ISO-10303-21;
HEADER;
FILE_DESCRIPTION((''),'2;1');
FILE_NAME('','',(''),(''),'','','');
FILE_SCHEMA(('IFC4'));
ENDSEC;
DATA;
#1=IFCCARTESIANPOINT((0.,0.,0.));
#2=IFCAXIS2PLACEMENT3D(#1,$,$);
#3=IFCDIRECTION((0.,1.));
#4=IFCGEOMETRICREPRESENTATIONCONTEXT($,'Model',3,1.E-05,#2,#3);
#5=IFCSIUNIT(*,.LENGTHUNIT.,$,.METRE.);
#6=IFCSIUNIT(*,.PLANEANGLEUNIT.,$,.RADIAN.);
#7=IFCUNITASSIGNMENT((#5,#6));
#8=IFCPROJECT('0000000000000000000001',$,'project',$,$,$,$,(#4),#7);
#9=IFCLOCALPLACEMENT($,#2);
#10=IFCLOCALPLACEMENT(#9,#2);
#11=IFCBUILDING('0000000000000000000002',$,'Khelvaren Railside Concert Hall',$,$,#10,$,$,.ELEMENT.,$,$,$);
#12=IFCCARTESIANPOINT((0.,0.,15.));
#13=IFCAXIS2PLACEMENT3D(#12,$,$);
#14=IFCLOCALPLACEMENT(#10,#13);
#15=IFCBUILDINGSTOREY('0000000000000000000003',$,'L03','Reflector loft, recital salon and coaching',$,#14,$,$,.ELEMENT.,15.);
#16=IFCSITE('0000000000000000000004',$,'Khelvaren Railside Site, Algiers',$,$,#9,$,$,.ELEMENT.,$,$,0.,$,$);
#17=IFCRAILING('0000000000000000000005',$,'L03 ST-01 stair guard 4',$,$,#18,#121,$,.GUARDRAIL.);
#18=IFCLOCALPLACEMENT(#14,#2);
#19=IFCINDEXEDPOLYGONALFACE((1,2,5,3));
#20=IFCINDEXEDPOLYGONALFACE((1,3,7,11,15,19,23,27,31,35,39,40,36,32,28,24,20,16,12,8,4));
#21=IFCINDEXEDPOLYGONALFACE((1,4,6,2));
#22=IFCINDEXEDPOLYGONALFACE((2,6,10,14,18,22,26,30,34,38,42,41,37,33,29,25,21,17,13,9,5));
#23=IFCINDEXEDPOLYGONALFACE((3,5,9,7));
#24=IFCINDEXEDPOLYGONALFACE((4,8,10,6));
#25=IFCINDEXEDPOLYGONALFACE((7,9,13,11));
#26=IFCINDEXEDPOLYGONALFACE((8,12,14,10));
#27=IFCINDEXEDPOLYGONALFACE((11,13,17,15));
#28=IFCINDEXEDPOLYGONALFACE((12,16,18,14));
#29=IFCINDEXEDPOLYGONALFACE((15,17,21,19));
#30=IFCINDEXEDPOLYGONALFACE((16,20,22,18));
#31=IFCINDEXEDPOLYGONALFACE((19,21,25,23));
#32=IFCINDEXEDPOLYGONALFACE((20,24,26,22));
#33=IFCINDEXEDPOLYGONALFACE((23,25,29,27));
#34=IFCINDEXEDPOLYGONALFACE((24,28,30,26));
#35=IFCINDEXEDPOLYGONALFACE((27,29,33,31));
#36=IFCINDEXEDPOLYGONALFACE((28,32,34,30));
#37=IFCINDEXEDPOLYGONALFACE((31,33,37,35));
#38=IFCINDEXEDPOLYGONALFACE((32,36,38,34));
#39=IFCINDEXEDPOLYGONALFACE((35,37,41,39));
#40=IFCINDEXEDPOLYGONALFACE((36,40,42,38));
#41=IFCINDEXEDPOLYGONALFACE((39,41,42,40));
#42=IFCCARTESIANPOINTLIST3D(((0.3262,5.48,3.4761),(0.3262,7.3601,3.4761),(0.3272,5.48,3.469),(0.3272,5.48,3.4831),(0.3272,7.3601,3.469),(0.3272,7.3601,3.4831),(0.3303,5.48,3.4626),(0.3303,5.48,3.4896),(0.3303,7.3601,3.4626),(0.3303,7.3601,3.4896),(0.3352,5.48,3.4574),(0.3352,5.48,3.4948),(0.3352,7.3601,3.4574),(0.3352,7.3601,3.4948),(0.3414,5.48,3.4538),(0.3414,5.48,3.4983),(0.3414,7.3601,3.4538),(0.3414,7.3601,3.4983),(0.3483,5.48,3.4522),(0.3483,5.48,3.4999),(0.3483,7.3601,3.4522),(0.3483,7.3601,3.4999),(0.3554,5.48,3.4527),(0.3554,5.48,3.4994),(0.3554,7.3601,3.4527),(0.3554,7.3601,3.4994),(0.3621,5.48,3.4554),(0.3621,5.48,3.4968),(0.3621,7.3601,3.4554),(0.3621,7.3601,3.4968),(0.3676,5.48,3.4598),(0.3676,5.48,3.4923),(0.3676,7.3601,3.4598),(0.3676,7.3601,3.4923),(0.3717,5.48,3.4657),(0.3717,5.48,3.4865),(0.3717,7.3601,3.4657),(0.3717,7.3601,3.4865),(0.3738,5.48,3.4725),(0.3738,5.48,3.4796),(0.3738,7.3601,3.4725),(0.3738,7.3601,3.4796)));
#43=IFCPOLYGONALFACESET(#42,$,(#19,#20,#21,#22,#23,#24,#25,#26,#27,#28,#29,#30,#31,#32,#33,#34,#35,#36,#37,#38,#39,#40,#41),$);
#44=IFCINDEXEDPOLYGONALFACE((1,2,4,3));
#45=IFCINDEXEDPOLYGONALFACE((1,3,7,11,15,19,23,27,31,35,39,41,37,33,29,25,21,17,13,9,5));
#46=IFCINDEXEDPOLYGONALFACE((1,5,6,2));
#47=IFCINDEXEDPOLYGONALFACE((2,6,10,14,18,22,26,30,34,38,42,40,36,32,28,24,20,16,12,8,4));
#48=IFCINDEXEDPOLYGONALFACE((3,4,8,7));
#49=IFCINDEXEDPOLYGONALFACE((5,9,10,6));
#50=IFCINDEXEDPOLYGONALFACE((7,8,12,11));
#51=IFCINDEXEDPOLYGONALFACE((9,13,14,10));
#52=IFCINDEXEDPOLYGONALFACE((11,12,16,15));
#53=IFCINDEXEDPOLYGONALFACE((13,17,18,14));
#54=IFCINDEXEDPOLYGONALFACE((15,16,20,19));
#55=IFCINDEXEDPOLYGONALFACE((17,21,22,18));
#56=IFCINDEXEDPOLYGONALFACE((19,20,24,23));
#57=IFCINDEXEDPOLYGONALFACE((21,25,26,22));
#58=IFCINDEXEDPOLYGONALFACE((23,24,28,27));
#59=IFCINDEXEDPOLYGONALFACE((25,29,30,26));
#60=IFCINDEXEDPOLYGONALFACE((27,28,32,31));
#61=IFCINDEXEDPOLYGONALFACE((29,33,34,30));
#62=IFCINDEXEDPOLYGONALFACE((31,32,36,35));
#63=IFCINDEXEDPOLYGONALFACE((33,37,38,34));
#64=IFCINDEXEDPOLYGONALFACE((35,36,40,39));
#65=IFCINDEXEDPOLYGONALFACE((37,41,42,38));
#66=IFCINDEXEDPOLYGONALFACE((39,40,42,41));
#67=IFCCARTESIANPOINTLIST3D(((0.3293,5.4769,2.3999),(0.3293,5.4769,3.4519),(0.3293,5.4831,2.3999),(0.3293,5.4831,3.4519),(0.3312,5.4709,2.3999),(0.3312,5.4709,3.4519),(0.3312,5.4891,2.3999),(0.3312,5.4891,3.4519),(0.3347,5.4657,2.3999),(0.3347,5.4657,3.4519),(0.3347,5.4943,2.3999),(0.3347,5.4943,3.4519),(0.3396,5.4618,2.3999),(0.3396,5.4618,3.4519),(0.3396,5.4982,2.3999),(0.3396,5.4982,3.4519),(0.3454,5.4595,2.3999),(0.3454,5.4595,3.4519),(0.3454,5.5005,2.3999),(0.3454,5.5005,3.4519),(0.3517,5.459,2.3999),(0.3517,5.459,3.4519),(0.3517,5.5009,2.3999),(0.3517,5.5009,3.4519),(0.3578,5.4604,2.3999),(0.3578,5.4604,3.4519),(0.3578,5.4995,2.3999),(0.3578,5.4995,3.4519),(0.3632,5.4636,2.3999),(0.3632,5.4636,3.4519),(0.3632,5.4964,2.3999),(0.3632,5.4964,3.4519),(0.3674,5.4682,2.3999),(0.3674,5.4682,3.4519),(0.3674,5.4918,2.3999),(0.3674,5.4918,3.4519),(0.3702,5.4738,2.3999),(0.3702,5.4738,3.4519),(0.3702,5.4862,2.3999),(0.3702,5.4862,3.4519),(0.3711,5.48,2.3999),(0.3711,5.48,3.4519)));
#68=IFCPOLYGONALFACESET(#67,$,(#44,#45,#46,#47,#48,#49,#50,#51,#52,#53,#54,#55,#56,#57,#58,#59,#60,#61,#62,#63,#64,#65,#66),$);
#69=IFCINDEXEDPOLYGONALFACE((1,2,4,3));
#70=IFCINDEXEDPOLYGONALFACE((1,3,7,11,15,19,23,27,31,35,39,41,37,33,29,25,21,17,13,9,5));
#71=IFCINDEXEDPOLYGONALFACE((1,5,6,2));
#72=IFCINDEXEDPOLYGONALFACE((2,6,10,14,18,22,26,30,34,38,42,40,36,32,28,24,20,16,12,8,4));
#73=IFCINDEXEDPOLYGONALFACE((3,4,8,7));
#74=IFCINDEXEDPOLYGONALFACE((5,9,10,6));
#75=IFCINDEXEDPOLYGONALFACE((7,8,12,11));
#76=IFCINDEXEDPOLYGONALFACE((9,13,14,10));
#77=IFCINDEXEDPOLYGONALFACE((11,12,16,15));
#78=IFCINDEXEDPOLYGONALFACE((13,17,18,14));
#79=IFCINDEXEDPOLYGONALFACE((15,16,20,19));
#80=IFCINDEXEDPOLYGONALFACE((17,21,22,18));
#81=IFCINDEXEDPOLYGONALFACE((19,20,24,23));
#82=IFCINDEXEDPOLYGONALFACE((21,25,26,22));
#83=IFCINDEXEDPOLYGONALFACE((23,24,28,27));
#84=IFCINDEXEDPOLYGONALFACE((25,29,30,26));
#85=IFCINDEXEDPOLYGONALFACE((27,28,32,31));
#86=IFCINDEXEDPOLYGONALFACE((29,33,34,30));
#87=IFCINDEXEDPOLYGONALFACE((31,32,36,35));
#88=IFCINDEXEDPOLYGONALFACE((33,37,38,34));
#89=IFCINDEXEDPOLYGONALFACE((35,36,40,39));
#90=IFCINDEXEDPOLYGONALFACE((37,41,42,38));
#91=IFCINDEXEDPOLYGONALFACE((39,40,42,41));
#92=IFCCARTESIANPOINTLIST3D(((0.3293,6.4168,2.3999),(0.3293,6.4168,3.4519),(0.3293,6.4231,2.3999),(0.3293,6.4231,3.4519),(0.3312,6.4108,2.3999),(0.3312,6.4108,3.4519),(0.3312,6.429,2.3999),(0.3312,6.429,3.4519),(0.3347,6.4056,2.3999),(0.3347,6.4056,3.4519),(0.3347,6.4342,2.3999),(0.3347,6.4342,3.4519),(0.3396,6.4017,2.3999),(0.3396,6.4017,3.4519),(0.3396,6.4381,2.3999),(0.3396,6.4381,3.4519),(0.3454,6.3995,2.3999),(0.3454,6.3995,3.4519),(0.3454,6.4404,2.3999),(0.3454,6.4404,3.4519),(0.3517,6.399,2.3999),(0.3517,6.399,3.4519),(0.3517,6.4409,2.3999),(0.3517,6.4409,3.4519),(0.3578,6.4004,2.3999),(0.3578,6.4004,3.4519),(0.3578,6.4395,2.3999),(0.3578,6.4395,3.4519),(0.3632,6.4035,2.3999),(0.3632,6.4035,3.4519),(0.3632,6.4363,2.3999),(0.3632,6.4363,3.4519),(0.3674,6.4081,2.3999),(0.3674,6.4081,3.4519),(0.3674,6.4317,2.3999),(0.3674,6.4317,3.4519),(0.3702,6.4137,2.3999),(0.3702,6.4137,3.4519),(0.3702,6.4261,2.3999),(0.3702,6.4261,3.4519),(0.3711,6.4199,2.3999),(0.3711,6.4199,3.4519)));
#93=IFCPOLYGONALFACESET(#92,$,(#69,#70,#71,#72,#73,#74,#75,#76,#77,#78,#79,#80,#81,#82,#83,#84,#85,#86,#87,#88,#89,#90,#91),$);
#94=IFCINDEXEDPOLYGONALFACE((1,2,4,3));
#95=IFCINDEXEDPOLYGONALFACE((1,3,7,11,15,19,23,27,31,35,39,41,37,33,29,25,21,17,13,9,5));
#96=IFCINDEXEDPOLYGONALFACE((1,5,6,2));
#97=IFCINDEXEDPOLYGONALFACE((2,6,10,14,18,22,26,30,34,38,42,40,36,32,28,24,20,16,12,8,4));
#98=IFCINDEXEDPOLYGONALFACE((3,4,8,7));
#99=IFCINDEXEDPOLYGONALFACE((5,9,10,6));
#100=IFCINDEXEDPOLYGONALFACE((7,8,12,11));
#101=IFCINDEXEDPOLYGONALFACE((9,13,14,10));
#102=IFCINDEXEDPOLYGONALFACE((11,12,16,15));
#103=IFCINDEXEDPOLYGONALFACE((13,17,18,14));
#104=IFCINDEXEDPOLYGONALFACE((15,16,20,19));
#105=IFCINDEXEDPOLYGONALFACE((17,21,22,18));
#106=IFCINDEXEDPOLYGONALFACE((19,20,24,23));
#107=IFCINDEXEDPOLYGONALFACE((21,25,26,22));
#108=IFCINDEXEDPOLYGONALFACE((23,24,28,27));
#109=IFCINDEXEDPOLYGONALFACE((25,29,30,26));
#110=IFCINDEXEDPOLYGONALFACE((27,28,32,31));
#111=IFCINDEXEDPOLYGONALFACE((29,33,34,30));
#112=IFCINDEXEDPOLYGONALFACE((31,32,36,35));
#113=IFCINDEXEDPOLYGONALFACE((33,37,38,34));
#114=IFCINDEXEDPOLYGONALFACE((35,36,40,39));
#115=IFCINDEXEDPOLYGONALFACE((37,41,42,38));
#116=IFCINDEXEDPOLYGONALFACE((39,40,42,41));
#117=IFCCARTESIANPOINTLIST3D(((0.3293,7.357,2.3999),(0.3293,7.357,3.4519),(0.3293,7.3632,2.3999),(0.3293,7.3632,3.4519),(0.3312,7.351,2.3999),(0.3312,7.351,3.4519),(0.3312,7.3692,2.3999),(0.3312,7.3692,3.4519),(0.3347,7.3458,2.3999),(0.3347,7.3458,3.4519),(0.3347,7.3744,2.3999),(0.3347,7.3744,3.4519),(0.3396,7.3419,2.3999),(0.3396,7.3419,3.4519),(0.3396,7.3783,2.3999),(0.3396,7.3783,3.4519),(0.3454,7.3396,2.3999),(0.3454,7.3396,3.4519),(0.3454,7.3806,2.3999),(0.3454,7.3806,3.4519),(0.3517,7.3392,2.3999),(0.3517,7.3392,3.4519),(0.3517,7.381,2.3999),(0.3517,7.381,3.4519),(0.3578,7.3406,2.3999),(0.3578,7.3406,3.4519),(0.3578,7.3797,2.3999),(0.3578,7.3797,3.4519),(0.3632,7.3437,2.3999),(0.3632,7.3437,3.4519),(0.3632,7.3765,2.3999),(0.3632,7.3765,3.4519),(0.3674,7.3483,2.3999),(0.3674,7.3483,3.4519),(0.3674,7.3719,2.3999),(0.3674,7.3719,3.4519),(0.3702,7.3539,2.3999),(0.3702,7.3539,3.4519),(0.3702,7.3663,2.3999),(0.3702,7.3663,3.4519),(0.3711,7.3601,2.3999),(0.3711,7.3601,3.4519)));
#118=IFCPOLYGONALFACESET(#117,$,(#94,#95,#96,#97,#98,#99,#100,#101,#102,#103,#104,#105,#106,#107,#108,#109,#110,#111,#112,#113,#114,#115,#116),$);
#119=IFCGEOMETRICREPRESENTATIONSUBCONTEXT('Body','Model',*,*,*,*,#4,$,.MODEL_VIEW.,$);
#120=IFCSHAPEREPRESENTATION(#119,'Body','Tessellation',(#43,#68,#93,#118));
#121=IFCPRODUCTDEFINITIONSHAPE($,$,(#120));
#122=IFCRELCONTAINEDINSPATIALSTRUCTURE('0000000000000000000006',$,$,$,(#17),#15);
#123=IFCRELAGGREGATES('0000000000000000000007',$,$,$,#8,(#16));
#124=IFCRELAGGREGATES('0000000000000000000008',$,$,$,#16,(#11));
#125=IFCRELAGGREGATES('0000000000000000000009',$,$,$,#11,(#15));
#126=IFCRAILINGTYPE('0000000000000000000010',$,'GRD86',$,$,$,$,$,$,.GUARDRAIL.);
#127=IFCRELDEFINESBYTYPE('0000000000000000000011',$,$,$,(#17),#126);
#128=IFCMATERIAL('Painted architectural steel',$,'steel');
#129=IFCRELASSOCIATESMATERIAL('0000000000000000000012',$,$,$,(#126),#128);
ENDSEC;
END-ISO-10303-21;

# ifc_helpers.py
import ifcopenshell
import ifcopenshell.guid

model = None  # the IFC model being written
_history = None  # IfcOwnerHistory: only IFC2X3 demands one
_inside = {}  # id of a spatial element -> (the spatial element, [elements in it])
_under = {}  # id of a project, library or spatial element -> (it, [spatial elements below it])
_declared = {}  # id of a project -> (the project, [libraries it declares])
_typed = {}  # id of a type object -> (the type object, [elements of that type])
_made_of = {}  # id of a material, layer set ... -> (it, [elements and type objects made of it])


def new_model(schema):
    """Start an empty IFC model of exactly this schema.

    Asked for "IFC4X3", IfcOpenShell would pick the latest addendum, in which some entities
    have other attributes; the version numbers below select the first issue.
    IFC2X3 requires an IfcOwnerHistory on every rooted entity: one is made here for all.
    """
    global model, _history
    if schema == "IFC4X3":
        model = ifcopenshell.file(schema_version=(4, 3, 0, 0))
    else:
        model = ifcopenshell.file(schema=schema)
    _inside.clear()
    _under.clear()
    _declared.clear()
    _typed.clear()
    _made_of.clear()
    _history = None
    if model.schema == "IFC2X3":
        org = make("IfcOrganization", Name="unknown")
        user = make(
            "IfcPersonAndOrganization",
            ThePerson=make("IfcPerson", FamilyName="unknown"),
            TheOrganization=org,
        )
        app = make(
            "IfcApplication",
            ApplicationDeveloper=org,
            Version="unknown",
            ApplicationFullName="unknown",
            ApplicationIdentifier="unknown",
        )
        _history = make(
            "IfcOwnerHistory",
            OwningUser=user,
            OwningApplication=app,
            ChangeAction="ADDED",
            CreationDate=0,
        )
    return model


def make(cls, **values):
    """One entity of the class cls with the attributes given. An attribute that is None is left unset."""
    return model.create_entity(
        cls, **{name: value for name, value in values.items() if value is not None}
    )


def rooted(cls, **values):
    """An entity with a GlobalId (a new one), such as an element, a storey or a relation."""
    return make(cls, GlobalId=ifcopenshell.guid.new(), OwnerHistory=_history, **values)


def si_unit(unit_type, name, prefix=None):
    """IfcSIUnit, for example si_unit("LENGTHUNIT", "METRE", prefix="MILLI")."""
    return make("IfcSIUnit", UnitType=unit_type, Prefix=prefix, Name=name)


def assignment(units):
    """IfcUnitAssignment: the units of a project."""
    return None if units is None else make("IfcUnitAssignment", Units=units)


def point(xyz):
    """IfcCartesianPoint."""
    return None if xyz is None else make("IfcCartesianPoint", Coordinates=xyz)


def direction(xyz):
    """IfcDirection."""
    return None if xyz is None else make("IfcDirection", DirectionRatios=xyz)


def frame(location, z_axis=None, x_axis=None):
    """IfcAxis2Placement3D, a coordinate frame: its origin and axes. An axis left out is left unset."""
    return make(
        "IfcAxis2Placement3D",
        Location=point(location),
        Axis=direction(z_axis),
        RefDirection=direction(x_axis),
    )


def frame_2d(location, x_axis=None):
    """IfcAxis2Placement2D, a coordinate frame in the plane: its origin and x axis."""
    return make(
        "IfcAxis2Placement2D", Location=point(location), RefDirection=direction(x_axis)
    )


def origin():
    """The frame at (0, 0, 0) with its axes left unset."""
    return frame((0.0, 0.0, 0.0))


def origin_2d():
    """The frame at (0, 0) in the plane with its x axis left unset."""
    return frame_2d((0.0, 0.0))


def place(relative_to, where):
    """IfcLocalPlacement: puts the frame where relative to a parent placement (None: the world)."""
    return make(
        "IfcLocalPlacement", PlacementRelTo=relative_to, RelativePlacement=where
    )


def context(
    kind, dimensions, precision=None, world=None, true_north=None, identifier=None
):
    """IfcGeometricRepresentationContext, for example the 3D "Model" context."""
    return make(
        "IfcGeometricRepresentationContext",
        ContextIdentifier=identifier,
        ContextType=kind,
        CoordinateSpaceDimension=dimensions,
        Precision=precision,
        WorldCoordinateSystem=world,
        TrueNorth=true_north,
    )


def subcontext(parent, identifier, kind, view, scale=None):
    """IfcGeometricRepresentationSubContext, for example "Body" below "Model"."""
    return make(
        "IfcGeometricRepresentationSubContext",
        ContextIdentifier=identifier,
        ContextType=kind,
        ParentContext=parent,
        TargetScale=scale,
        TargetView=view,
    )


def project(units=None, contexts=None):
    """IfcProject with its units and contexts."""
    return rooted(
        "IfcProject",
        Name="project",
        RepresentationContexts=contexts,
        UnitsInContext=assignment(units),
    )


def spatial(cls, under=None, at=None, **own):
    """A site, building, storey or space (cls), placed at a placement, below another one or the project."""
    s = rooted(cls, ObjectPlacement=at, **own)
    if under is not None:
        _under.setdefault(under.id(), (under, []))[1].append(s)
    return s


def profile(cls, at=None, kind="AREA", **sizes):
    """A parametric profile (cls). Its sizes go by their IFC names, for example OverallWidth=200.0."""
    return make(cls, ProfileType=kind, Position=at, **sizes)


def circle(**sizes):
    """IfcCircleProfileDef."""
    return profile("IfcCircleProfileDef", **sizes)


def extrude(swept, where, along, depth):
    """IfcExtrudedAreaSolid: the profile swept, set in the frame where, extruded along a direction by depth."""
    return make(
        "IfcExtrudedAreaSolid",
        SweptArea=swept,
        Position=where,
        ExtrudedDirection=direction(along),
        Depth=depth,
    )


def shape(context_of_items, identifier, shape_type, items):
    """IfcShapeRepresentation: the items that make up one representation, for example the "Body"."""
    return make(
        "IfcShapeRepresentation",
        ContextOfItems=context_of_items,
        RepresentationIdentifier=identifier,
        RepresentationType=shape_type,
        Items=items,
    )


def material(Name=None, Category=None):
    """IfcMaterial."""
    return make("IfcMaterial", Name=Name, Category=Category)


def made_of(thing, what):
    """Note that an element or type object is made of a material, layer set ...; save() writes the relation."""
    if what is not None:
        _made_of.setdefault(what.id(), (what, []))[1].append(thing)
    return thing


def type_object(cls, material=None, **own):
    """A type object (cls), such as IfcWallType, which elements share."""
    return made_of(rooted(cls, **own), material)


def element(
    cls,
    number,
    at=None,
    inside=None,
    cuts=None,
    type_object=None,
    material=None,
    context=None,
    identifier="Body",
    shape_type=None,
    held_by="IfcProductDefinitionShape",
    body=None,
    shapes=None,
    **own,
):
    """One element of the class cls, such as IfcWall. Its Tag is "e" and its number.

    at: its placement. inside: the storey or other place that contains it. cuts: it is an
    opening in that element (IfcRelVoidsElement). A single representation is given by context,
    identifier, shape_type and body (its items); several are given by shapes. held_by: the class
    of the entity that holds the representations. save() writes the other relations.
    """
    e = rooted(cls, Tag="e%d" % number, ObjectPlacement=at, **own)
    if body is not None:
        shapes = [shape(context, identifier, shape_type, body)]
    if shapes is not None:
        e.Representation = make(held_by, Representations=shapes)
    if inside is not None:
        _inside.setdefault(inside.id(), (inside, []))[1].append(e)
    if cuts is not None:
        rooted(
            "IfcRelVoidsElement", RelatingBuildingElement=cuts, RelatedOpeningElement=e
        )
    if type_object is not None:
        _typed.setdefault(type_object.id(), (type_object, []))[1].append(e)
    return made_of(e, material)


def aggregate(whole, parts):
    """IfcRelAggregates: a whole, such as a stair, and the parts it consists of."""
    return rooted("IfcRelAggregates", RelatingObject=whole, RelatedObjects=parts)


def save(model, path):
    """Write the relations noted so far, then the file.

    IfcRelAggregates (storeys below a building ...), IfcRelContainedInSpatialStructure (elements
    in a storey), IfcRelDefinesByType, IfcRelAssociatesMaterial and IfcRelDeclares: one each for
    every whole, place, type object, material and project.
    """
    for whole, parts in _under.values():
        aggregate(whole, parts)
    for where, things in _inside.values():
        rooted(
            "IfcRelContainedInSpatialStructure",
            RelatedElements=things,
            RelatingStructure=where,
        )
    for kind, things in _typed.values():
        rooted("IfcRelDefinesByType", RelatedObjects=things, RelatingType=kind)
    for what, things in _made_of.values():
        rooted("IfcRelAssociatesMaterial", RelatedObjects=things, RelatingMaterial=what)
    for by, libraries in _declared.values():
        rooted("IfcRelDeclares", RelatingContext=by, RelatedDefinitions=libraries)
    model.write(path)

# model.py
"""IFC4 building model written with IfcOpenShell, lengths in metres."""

from ifc_helpers import new_model, si_unit, direction, frame, origin, origin_2d, place, context, subcontext, project, spatial, circle, extrude, material, type_object, element, save


model = new_model("IFC4")

# Units and contexts
model_context = context("Model", 3, precision=1e-05, world=origin(), true_north=direction((0.0, 1.0)))
body_context = subcontext(model_context, "Body", "Model", "MODEL_VIEW")
ifc_project = project(units=[si_unit("LENGTHUNIT", "METRE"), si_unit("PLANEANGLEUNIT", "RADIAN")], contexts=[model_context])

# Site, building, storey
site_placement = place(None, origin())
site = spatial("IfcSite", under=ifc_project, at=site_placement, Name="Khelvaren Railside Site, Algiers", CompositionType="ELEMENT", RefElevation=0.0)
building_placement = place(site_placement, origin())
building = spatial("IfcBuilding", under=site, at=building_placement, Name="Khelvaren Railside Concert Hall", CompositionType="ELEMENT")
storey_placement = place(building_placement, frame((0.0, 0.0, 15.0)))
storey = spatial("IfcBuildingStorey", under=building, at=storey_placement, Name="L03", Description="Reflector loft, recital salon and coaching", CompositionType="ELEMENT", Elevation=15.0)

# Railing
ifc_material_1 = material(Name="Painted architectural steel", Category="steel")
railing_type_1 = type_object("IfcRailingType", Name="GRD86", PredefinedType="GUARDRAIL", material=ifc_material_1)
for number, where, name in (
    (1, (0.3501, 5.48, 2.3999), "L03 ST-01 stair guard 4"),
):
    element("IfcRailing", number, at=place(storey_placement, frame(where)), inside=storey, type_object=railing_type_1, Name=name, PredefinedType="GUARDRAIL", context=body_context, shape_type="SweptSolid", body=[
        extrude(circle(Radius=0.0239, at=origin_2d()), frame((0.0, 0.0, 1.0762), z_axis=(0.0, 1.0, 0.0), x_axis=(-1.0, 0.0, 0.0)), (0.0, 0.0, 1.0), 1.8801),
        extrude(circle(Radius=0.021, at=origin_2d()), origin(), (0.0, 0.0, 1.0), 1.052),
        extrude(circle(Radius=0.021, at=origin_2d()), frame((0.0, 0.9399, 0.0)), (0.0, 0.0, 1.0), 1.052),
        extrude(circle(Radius=0.021, at=origin_2d()), frame((0.0, 1.8801, 0.0)), (0.0, 0.0, 1.0), 1.052),
    ])

save(model, "model.ifc")
